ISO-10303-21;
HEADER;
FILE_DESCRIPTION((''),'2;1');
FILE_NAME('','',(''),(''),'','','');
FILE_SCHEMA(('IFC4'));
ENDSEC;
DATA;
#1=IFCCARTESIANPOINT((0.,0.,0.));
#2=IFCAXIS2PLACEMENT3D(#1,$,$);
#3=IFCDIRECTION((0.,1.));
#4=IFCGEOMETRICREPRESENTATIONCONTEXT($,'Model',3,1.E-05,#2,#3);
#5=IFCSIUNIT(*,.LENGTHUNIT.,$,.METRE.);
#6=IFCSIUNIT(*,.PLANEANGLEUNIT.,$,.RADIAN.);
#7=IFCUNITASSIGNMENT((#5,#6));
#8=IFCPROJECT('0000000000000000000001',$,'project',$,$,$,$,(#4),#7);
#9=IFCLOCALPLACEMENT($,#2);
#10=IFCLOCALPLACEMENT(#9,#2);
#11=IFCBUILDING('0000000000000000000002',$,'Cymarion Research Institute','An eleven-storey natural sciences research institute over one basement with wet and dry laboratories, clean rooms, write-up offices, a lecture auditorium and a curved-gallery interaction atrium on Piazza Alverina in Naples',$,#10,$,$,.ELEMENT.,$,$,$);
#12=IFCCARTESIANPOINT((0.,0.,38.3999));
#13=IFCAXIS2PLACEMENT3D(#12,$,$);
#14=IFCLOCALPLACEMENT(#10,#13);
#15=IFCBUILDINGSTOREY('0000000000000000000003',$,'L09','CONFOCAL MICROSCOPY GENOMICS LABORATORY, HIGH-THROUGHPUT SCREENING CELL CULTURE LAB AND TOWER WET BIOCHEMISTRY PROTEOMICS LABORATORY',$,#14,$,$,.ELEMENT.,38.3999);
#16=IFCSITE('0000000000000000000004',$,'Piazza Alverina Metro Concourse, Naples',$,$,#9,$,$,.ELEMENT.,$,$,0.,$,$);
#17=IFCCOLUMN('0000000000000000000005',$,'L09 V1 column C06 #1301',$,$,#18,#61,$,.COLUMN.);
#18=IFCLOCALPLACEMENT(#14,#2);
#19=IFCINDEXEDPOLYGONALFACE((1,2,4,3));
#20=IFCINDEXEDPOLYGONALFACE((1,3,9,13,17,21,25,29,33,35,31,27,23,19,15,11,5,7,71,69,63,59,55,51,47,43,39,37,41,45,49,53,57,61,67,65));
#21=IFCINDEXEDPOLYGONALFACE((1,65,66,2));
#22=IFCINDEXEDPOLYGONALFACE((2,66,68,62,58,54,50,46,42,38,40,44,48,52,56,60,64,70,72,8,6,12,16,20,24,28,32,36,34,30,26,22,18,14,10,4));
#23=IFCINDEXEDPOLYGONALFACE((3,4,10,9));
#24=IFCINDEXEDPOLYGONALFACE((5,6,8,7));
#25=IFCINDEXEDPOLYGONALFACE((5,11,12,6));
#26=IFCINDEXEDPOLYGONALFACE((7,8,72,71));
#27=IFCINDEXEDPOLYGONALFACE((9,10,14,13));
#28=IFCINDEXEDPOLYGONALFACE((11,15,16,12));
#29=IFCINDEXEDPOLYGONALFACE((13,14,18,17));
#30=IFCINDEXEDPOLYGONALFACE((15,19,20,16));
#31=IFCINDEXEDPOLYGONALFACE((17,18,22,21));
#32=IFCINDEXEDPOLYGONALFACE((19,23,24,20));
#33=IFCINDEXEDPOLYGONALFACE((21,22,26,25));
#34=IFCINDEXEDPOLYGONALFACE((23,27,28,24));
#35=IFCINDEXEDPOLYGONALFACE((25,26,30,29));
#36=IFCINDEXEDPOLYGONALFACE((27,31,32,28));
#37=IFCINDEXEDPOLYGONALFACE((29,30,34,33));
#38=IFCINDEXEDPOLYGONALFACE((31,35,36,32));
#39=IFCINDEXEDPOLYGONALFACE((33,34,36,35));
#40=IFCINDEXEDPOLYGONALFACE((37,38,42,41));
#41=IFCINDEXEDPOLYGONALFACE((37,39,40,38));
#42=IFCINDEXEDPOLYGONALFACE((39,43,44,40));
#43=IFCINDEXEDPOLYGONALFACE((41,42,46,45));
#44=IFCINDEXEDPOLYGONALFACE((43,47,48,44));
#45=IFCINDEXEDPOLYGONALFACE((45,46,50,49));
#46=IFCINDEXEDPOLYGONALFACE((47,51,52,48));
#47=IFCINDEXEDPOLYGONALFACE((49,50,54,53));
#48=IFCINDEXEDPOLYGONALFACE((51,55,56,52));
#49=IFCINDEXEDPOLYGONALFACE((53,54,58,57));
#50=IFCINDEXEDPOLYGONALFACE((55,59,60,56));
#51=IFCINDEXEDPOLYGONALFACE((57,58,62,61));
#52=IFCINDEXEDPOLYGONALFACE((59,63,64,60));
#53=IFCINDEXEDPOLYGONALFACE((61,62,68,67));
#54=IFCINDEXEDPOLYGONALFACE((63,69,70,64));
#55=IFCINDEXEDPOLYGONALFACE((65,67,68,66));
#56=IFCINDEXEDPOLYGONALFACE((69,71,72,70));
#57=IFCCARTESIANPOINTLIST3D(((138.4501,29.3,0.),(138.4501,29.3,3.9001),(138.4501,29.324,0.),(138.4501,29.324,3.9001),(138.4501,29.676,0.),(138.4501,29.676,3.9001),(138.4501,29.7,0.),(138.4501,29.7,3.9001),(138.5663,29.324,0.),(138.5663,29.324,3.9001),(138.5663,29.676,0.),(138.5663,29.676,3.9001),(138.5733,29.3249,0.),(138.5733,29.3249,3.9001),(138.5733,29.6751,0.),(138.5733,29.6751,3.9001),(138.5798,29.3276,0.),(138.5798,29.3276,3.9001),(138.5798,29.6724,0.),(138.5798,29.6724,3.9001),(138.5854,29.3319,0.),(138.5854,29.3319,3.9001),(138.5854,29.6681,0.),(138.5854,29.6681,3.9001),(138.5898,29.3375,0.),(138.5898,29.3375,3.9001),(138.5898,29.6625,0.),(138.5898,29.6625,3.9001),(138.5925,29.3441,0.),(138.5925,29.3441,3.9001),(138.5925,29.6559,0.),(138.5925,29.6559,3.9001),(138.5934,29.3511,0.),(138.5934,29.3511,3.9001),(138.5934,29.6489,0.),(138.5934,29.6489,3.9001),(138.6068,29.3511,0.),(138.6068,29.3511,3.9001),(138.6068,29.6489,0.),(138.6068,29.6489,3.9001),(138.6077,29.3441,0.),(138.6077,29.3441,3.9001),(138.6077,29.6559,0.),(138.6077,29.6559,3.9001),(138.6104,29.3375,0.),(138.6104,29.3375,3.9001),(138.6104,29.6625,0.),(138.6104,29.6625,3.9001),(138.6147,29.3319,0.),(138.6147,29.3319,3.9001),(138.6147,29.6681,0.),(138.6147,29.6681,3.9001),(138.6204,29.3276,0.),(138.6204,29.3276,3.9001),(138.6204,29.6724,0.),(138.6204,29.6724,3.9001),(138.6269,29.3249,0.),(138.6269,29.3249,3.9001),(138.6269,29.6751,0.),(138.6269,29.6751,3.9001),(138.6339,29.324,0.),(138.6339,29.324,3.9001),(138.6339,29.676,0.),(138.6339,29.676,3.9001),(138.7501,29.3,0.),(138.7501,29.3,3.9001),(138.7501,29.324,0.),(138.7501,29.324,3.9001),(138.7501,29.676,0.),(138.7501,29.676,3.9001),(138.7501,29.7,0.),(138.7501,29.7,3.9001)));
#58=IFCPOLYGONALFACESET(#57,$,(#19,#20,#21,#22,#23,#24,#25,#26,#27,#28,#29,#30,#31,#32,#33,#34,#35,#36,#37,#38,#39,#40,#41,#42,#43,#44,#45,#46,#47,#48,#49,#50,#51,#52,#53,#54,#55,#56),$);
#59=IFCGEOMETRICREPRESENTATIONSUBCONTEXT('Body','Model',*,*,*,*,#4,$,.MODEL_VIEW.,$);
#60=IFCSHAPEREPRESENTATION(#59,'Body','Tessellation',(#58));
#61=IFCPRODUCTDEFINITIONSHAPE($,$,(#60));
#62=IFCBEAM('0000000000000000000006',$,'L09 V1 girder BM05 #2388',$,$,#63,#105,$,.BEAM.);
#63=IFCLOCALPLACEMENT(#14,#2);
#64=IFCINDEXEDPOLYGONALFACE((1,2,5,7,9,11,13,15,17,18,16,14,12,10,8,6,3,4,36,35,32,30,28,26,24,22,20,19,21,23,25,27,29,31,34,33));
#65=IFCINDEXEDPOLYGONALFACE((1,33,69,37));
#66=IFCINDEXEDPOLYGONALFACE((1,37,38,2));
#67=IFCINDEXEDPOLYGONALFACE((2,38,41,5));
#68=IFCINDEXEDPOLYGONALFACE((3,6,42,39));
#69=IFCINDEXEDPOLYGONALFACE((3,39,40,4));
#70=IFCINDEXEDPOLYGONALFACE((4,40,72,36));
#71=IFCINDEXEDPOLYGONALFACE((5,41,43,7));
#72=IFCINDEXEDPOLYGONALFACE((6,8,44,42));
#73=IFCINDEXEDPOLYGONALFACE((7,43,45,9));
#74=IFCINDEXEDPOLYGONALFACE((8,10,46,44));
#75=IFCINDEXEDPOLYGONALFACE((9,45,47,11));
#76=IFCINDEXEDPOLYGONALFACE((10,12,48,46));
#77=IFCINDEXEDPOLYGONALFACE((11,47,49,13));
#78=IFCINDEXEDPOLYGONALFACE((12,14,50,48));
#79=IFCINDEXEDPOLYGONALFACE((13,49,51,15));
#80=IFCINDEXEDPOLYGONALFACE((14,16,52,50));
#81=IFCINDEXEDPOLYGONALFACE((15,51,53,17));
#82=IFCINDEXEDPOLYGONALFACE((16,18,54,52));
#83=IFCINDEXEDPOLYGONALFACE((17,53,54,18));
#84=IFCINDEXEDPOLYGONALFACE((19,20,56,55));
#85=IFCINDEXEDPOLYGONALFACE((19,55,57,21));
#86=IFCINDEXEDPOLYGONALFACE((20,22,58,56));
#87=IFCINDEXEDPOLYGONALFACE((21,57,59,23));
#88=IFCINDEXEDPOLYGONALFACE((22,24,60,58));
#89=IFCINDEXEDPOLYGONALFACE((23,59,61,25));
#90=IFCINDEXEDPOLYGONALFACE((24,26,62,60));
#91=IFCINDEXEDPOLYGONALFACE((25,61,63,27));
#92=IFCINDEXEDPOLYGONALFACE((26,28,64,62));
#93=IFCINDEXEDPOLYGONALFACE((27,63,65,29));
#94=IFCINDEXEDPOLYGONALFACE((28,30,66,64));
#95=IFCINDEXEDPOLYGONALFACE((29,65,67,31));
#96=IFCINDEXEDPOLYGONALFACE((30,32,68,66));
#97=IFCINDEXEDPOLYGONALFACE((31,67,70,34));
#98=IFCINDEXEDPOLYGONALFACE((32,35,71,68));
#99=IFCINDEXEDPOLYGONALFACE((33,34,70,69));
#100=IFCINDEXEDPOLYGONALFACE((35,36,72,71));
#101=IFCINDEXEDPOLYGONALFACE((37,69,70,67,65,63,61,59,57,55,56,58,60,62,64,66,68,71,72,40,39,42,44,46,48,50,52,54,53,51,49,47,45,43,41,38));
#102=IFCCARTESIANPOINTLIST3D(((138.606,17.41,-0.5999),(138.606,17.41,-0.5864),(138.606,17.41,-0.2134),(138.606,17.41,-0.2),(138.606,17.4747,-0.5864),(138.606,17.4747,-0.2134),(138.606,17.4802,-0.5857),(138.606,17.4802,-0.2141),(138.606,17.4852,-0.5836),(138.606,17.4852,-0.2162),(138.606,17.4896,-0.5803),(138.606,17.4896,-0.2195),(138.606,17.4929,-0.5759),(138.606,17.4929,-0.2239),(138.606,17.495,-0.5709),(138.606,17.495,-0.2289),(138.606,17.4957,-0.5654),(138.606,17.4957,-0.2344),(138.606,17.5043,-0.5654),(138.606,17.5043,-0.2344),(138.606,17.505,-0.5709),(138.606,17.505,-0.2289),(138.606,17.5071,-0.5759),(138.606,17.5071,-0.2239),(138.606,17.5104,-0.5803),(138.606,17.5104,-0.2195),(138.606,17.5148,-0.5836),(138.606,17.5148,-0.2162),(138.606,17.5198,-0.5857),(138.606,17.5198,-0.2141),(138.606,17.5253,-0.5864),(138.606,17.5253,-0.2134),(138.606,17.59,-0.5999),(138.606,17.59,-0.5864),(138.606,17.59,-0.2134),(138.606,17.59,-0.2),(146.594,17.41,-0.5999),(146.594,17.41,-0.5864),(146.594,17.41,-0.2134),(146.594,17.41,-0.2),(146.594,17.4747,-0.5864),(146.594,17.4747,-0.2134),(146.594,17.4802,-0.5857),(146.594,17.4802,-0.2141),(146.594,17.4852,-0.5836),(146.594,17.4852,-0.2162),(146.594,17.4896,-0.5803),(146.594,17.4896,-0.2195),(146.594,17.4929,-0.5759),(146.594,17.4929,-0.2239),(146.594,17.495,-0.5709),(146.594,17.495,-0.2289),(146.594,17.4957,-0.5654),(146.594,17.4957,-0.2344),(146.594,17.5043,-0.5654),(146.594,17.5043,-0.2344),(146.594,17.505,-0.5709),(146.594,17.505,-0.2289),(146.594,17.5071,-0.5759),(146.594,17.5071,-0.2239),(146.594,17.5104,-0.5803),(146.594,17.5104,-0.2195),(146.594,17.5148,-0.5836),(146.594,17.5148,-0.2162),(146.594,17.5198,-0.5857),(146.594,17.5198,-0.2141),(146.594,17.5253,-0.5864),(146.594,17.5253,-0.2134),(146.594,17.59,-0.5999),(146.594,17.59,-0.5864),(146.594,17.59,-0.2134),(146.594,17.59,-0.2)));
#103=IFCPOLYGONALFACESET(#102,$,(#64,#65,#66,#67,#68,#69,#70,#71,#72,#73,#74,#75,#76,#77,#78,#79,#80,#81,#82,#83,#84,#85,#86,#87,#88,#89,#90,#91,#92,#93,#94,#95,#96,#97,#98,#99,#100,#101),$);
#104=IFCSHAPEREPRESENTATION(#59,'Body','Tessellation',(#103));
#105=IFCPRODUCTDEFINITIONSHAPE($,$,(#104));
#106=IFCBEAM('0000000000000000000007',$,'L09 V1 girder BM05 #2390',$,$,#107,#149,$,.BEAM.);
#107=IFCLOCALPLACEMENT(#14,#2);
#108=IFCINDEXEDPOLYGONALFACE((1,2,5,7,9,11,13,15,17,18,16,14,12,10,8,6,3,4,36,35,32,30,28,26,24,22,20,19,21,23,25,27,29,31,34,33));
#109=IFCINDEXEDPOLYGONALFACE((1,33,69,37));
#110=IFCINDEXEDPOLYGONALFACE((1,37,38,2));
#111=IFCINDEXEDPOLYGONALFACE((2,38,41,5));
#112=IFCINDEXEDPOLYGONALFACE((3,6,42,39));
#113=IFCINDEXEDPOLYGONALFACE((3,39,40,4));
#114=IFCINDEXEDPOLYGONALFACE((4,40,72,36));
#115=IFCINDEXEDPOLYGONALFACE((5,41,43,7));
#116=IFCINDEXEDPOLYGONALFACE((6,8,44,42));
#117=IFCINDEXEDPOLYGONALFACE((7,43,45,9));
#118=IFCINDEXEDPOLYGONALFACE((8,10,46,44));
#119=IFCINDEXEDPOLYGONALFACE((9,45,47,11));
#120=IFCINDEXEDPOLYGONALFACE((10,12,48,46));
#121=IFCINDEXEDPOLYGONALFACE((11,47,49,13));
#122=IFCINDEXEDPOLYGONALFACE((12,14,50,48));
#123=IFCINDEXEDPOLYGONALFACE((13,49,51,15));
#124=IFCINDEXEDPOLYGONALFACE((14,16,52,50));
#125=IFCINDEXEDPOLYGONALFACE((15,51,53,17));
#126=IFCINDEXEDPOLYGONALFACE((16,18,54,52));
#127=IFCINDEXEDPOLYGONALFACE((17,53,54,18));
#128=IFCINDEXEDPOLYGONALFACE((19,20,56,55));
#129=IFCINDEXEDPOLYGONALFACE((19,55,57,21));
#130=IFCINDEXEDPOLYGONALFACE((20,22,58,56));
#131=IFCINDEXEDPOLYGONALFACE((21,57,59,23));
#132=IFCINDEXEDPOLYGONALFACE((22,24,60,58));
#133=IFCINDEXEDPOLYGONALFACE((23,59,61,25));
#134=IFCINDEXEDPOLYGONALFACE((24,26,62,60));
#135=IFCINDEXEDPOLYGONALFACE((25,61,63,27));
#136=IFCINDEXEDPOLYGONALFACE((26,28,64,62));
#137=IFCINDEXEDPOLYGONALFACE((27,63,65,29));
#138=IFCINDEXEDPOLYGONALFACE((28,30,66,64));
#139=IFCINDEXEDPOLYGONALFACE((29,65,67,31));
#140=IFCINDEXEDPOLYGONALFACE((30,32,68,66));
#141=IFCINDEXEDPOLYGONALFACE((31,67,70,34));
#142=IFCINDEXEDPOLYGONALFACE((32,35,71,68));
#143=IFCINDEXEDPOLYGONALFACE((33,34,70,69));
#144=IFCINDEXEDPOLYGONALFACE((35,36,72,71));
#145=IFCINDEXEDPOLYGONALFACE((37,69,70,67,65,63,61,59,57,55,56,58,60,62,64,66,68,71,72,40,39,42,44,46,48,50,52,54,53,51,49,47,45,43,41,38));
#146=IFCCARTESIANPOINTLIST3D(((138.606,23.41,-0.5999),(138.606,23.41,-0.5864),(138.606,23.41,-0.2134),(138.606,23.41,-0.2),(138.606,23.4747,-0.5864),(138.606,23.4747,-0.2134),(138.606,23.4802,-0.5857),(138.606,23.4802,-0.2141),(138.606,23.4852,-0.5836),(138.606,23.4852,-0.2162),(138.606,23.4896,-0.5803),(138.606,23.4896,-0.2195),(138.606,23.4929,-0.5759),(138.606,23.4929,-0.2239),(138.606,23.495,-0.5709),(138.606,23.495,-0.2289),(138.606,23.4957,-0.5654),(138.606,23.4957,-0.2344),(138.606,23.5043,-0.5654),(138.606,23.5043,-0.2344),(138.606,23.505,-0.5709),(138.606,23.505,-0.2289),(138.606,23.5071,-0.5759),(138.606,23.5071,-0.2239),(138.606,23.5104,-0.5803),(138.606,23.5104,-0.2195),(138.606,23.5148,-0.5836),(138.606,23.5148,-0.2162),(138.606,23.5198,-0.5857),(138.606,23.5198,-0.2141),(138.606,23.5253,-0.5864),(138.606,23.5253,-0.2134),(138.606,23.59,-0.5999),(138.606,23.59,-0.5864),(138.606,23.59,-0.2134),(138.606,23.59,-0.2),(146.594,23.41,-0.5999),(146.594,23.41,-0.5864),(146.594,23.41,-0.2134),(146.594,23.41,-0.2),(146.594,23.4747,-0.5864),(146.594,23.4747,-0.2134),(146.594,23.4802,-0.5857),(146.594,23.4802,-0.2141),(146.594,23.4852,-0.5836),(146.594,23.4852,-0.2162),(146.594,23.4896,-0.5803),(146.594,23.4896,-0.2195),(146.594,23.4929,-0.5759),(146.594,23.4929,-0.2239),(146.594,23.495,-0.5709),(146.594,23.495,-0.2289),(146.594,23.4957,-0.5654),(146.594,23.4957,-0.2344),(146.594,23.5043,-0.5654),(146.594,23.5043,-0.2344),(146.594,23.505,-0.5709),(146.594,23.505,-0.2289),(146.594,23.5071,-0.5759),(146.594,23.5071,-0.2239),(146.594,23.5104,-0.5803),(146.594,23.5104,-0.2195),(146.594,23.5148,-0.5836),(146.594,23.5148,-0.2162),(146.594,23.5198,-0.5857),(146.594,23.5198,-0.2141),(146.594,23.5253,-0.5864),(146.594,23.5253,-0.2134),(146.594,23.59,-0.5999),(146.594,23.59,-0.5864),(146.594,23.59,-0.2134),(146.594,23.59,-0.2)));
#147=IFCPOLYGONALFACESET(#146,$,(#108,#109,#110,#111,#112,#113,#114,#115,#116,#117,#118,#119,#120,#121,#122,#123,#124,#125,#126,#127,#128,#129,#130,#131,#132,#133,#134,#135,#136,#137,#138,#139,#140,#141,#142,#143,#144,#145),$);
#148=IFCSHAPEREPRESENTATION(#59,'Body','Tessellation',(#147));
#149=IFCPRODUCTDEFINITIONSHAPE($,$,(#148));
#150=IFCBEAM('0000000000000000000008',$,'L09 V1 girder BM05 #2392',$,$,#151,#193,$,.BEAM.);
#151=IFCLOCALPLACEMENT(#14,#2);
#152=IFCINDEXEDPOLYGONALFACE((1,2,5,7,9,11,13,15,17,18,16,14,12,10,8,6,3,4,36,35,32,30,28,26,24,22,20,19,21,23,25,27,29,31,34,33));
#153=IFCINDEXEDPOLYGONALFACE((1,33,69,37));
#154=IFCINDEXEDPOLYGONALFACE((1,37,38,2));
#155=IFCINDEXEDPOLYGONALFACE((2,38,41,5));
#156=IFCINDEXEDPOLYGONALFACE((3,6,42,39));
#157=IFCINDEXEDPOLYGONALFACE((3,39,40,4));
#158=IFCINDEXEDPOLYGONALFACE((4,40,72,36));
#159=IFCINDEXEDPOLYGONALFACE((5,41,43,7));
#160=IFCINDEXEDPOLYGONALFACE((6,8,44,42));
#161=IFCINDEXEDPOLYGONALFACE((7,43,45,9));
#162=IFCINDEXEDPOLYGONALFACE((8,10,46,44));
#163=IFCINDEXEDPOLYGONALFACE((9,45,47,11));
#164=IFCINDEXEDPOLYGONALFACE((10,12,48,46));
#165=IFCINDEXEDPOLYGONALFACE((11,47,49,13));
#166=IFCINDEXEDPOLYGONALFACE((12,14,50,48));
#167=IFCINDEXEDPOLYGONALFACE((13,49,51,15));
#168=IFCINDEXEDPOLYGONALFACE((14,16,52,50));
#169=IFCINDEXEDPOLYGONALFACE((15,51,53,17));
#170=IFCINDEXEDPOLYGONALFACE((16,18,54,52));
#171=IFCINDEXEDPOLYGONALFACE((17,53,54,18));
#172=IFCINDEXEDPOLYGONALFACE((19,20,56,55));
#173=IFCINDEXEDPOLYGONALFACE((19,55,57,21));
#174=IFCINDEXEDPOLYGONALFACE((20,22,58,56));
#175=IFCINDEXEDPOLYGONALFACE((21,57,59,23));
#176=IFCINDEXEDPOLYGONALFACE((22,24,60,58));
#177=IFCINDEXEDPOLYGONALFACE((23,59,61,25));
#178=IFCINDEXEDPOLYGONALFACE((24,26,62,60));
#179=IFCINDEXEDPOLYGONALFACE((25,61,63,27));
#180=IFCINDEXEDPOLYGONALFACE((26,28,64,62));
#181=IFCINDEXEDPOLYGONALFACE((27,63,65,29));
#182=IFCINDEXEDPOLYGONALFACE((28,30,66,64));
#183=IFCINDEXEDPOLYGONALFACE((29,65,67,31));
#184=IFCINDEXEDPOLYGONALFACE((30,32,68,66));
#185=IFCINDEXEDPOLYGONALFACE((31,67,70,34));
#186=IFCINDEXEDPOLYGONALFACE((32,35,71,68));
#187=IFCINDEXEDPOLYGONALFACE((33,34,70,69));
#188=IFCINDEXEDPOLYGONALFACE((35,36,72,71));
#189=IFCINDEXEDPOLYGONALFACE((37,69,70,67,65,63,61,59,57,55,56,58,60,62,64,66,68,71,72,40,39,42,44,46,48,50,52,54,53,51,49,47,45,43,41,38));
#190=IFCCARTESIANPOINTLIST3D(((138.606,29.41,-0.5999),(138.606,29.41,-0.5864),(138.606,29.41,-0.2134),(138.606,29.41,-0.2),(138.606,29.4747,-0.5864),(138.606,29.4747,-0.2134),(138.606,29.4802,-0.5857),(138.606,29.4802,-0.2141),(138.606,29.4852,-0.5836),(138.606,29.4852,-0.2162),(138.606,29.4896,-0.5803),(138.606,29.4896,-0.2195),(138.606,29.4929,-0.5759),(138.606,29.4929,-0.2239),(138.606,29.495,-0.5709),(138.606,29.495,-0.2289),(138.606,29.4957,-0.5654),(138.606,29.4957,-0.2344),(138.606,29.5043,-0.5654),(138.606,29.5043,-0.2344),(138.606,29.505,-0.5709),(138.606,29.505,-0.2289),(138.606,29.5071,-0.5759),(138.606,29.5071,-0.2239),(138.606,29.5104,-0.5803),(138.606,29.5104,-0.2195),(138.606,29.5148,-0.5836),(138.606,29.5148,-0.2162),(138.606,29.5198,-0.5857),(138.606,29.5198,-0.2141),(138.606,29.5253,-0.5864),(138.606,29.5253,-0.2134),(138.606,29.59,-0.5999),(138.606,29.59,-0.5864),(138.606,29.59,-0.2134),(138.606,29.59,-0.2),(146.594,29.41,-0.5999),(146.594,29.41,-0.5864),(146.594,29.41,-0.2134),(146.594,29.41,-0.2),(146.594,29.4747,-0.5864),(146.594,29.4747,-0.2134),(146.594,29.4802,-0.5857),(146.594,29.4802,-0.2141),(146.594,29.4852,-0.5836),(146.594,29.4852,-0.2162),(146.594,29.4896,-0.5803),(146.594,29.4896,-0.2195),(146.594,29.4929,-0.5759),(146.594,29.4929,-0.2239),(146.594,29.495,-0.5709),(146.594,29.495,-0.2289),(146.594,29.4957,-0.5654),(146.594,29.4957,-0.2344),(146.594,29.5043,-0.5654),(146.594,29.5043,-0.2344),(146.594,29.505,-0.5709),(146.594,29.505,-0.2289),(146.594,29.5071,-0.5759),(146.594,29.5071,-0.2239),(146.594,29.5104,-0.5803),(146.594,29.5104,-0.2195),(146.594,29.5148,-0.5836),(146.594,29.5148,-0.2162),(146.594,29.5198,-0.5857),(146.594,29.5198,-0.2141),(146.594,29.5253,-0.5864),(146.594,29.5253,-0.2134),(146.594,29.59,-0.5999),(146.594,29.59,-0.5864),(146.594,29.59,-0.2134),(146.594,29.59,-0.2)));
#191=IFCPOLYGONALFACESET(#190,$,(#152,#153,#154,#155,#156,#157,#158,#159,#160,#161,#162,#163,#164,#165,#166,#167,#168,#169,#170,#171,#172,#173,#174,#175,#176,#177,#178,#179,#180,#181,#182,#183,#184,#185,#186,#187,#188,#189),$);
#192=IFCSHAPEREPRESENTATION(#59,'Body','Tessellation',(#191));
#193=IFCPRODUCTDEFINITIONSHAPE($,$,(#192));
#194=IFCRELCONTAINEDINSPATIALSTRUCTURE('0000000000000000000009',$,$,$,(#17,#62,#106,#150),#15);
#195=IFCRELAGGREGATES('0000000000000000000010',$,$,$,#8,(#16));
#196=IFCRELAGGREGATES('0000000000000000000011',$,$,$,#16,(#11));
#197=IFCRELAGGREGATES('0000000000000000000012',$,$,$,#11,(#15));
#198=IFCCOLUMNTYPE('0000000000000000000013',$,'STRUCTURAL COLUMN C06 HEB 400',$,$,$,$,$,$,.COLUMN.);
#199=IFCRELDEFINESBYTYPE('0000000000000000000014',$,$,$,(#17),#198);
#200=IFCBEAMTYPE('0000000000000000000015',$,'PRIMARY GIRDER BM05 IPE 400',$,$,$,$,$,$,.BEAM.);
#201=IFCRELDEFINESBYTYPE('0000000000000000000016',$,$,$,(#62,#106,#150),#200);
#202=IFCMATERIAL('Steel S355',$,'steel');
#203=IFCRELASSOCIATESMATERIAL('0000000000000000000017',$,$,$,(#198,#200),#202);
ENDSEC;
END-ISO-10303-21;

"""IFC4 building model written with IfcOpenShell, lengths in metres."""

from ifc_helpers import new_model, si_unit, direction, frame, origin, origin_2d, place, context, subcontext, project, spatial, i_section, extrude, material, material_profile, profile_set, type_object, element, save


model = new_model("IFC4")

# Units and contexts
model_context = context("Model", 3, precision=1e-05, world=origin(), true_north=direction((0.0, 1.0)))
body_context = subcontext(model_context, "Body", "Model", "MODEL_VIEW")
ifc_project = project(units=[si_unit("LENGTHUNIT", "METRE"), si_unit("PLANEANGLEUNIT", "RADIAN")], contexts=[model_context])

# Site, building, storey
site_placement = place(None, origin())
site = spatial("IfcSite", under=ifc_project, at=site_placement, Name="Piazza Alverina Metro Concourse, Naples", CompositionType="ELEMENT", RefElevation=0.0)
building_placement = place(site_placement, origin())
building = spatial("IfcBuilding", under=site, at=building_placement, Name="Cymarion Research Institute", Description="An eleven-storey natural sciences research institute over one basement with wet and dry laboratories, clean rooms, write-up offices, a lecture auditorium and a curved-gallery interaction atrium on Piazza Alverina in Naples", CompositionType="ELEMENT")
storey_placement = place(building_placement, frame((0.0, 0.0, 38.3999)))
storey = spatial("IfcBuildingStorey", under=building, at=storey_placement, Name="L09", Description="CONFOCAL MICROSCOPY GENOMICS LABORATORY, HIGH-THROUGHPUT SCREENING CELL CULTURE LAB AND TOWER WET BIOCHEMISTRY PROTEOMICS LABORATORY", CompositionType="ELEMENT", Elevation=38.3999)

# Column
ifc_material_1 = material(Name="Steel S355", Category="steel")
ifc_material_profile_1 = material_profile(ifc_material_1, i_section(OverallWidth=0.3, OverallDepth=0.3999, WebThickness=0.0134, FlangeThickness=0.0239, FilletRadius=0.0271, at=origin_2d()), Name="HEB 400")
ifc_profile_set_1 = profile_set([ifc_material_profile_1], Name="Steel S355")
column_type = type_object("IfcColumnType", Name="STRUCTURAL COLUMN C06 HEB 400", PredefinedType="COLUMN", material=ifc_profile_set_1)
for number, where, z_axis, x_axis, name in (
    (1, (138.6001, 29.5, 0.0), (0.0, 0.0, 1.0), (1.0, 0.0, 0.0), "L09 V1 column C06 #1301"),
):
    element("IfcColumn", number, at=place(storey_placement, frame(where, z_axis=z_axis, x_axis=x_axis)), inside=storey, type_object=column_type, Name=name, PredefinedType="COLUMN", context=body_context, shape_type="SweptSolid", body=[
        extrude(i_section(OverallWidth=0.3, OverallDepth=0.3999, WebThickness=0.0134, FlangeThickness=0.0239, FilletRadius=0.0271, at=origin_2d()), origin(), (0.0, 0.0, 1.0), 3.9001),
    ])

# Beams
ifc_material_profile_2 = material_profile(ifc_material_1, i_section(OverallWidth=0.1799, OverallDepth=0.3999, WebThickness=0.0085, FlangeThickness=0.0134, FilletRadius=0.021, at=origin_2d()), Name="IPE 400")
ifc_profile_set_2 = profile_set([ifc_material_profile_2], Name="Steel S355")
beam_type_1 = type_object("IfcBeamType", Name="PRIMARY GIRDER BM05 IPE 400", PredefinedType="BEAM", material=ifc_profile_set_2)
for number, where, z_axis, x_axis, name in (
    (2, (138.606, 17.5, -0.3999), (1.0, 0.0, 0.0), (0.0, 1.0, 0.0), "L09 V1 girder BM05 #2388"),
    (3, (138.606, 23.5, -0.3999), (1.0, 0.0, 0.0), (0.0, 1.0, 0.0), "L09 V1 girder BM05 #2390"),
    (4, (138.606, 29.5, -0.3999), (1.0, 0.0, 0.0), (0.0, 1.0, 0.0), "L09 V1 girder BM05 #2392"),
):
    element("IfcBeam", number, at=place(storey_placement, frame(where, z_axis=z_axis, x_axis=x_axis)), inside=storey, type_object=beam_type_1, Name=name, PredefinedType="BEAM", context=body_context, shape_type="SweptSolid", body=[
        extrude(i_section(OverallWidth=0.1799, OverallDepth=0.3999, WebThickness=0.0085, FlangeThickness=0.0134, FilletRadius=0.021, at=origin_2d()), origin(), (0.0, 0.0, 1.0), 7.988),
    ])

save(model, "model.ifc")
